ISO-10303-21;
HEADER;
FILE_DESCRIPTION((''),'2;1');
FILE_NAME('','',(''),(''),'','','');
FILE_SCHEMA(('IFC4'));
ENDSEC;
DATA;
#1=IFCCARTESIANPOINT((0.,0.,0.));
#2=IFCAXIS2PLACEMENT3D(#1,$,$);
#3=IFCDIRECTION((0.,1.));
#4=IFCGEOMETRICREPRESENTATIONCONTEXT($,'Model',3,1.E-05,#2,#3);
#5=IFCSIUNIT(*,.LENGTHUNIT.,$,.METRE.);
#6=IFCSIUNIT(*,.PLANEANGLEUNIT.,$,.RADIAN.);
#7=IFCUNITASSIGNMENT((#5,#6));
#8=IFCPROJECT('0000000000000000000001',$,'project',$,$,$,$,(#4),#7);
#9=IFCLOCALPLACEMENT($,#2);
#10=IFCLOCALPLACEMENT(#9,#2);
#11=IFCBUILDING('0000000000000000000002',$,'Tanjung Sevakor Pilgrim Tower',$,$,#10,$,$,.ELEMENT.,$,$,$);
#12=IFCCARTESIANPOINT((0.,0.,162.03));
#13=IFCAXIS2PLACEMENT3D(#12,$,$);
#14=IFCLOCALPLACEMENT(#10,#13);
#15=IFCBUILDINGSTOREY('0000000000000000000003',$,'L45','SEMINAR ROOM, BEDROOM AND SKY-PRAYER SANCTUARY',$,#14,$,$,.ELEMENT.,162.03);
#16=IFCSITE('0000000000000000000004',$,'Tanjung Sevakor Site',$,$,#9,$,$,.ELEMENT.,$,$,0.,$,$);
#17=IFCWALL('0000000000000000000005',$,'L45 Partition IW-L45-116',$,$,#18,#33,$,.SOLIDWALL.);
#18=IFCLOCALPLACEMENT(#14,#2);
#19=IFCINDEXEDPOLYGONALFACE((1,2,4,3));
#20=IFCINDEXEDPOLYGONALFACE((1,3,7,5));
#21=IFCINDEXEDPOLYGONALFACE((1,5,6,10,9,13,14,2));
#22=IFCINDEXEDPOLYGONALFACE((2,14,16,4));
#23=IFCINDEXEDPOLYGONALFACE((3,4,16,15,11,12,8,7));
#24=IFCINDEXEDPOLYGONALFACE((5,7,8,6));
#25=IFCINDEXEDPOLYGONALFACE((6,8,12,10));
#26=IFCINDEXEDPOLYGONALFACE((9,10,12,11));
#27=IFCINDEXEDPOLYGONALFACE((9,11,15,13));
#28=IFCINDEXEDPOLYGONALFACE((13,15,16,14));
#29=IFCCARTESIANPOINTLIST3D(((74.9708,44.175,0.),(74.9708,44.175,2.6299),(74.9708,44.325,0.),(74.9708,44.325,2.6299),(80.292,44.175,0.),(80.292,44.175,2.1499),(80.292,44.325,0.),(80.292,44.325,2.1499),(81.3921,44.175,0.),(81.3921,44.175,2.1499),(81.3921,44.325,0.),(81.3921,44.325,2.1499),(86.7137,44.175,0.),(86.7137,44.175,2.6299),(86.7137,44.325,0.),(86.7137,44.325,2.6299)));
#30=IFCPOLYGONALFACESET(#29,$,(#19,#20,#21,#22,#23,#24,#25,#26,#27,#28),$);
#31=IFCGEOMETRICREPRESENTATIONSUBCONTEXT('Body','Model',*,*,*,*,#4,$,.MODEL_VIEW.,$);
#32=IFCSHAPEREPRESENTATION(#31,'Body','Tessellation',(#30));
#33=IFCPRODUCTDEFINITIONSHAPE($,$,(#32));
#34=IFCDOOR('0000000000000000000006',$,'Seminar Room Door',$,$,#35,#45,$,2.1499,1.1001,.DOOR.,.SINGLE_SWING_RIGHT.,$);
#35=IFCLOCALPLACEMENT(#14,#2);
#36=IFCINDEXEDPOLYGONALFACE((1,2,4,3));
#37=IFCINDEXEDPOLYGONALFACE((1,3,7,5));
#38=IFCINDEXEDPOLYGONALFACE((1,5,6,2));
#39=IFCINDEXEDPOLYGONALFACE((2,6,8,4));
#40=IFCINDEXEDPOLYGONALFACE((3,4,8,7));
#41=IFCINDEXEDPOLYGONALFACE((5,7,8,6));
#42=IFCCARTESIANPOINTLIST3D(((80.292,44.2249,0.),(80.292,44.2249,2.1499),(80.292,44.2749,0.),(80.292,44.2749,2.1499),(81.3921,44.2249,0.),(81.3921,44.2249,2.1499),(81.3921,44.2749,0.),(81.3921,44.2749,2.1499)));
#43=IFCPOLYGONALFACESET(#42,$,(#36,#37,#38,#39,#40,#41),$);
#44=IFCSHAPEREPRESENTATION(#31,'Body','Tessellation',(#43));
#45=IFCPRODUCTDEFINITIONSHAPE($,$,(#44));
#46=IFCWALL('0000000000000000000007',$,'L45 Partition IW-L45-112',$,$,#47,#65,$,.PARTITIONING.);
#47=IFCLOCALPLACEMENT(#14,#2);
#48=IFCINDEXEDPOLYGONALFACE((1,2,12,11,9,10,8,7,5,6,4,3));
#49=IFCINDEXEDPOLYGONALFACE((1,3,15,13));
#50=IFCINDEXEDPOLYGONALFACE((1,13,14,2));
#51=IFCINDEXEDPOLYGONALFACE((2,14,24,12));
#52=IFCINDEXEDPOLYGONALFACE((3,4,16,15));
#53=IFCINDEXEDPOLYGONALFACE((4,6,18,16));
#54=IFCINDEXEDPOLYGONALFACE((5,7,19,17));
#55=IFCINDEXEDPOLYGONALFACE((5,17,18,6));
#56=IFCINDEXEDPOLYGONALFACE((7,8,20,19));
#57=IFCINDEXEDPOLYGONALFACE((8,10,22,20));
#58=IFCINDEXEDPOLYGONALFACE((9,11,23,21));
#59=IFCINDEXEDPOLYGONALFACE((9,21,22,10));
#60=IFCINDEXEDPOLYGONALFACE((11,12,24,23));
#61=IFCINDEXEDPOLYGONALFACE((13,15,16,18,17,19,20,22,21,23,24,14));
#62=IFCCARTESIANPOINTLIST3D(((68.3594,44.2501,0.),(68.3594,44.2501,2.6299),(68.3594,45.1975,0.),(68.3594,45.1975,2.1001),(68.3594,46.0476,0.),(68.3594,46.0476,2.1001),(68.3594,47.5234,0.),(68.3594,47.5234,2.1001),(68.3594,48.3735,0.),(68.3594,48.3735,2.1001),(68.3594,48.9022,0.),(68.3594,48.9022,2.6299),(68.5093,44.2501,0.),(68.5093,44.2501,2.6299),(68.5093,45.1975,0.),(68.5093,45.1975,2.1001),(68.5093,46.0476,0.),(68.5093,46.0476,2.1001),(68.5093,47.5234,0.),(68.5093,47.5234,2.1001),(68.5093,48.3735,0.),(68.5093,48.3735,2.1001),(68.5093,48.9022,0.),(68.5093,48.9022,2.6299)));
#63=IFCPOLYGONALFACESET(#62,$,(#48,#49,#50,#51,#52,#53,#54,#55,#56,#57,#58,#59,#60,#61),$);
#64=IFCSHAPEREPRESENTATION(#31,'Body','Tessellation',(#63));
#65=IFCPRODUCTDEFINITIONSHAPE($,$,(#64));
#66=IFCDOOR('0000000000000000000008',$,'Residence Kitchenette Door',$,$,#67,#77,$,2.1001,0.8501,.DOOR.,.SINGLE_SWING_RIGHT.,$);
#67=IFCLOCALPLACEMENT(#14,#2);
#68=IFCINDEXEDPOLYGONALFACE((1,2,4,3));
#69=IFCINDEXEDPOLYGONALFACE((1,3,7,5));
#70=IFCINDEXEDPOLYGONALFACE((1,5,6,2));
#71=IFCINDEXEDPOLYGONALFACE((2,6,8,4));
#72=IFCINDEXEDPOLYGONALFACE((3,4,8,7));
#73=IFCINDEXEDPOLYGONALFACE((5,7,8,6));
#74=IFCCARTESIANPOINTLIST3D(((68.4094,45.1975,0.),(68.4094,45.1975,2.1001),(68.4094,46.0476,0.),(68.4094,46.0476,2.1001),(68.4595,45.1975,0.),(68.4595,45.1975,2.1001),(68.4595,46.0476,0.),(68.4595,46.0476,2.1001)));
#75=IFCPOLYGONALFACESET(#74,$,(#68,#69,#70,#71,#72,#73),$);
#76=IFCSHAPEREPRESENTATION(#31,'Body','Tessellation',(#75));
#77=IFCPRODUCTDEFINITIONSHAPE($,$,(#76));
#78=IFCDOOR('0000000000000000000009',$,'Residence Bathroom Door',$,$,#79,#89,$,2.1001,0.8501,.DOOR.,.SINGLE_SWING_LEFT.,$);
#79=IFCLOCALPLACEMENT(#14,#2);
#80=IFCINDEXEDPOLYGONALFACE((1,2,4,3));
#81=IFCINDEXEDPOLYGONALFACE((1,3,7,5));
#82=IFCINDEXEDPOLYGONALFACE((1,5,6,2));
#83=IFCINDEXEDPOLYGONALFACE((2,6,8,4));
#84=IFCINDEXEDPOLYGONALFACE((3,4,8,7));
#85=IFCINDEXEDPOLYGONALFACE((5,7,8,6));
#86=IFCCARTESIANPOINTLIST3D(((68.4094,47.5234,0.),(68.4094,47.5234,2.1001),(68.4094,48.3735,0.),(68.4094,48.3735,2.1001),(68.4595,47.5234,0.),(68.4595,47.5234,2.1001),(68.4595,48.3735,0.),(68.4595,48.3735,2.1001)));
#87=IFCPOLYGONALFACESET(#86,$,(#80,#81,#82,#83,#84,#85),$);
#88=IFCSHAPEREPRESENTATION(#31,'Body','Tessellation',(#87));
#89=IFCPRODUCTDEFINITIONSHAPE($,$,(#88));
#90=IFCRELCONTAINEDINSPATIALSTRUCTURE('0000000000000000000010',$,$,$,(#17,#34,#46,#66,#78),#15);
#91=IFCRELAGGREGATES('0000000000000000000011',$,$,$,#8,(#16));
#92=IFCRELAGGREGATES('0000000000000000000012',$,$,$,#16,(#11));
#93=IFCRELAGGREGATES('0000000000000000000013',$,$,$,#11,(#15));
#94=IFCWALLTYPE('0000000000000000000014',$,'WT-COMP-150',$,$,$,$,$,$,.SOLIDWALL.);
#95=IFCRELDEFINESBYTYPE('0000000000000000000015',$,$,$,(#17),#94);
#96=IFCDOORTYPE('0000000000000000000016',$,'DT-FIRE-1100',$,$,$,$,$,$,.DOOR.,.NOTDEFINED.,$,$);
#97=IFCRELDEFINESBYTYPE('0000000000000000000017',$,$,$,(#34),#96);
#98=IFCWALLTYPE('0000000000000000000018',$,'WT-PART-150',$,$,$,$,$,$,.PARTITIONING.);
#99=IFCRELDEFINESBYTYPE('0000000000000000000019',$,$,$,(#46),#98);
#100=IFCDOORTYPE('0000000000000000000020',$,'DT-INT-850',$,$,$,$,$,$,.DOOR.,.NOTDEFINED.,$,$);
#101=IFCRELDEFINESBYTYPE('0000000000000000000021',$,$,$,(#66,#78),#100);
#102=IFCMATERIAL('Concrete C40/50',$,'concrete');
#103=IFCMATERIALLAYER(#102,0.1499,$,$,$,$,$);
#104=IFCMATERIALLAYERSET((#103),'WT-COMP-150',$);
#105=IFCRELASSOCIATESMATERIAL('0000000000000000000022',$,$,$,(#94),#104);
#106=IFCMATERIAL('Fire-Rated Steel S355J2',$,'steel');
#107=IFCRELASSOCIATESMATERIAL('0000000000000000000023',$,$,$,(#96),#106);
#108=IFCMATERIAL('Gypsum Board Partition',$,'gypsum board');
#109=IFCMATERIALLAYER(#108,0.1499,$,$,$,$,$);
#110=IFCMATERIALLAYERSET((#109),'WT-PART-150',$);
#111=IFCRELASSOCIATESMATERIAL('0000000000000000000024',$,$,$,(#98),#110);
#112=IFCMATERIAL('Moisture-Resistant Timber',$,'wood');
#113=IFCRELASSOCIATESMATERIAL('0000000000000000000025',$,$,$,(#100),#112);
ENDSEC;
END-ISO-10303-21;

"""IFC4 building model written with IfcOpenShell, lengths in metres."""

from ifc_helpers import new_model, si_unit, direction, frame, frame_2d, origin, place, context, subcontext, project, spatial, rectangle, extrude, material, layer, layer_set, type_object, element, fill, save


model = new_model("IFC4")

# Units and contexts
model_context = context("Model", 3, precision=1e-05, world=origin(), true_north=direction((0.0, 1.0)))
body_context = subcontext(model_context, "Body", "Model", "MODEL_VIEW")
ifc_project = project(units=[si_unit("LENGTHUNIT", "METRE"), si_unit("PLANEANGLEUNIT", "RADIAN")], contexts=[model_context])

# Site, building, storey
site_placement = place(None, origin())
site = spatial("IfcSite", under=ifc_project, at=site_placement, Name="Tanjung Sevakor Site", CompositionType="ELEMENT", RefElevation=0.0)
building_placement = place(site_placement, origin())
building = spatial("IfcBuilding", under=site, at=building_placement, Name="Tanjung Sevakor Pilgrim Tower", CompositionType="ELEMENT")
storey_placement = place(building_placement, frame((0.0, 0.0, 162.03)))
storey = spatial("IfcBuildingStorey", under=building, at=storey_placement, Name="L45", Description="SEMINAR ROOM, BEDROOM AND SKY-PRAYER SANCTUARY", CompositionType="ELEMENT", Elevation=162.03)

# Shared definitions
ifc_material_1 = material(Name="Concrete C40/50", Category="concrete")
ifc_layer_1 = layer(ifc_material_1, 0.1499)
ifc_layer_set_1 = layer_set([ifc_layer_1], Name="WT-COMP-150")
wall_type_1 = type_object("IfcWallType", Name="WT-COMP-150", PredefinedType="SOLIDWALL", material=ifc_layer_set_1)

# Wall, opening, door
wall_1_placement = place(storey_placement, frame((74.9707, 44.25, 0.0), z_axis=(0.0, 0.0, 1.0), x_axis=(1.0, 0.0, 0.0)))
wall_1 = element("IfcWall", 1, at=wall_1_placement, inside=storey, type_object=wall_type_1, Name="L45 Partition IW-L45-116", PredefinedType="SOLIDWALL", context=body_context, shape_type="SweptSolid", body=[
    extrude(rectangle(XDim=11.7429, YDim=0.1499, at=frame_2d((5.8716, 0.0))), origin(), (0.0, 0.0, 1.0), 2.6299),
])
opening_1_placement = place(wall_1_placement, frame((5.3213, 0.0, 0.0)))
opening_1 = element("IfcOpeningElement", 2, at=opening_1_placement, cuts=wall_1, PredefinedType="OPENING", context=body_context, shape_type="SweptSolid", body=[
    extrude(rectangle(XDim=1.1001, YDim=2.1499, at=frame_2d((0.55, 1.075))), frame((0.0, 0.085, 0.0), z_axis=(0.0, -1.0, 0.0), x_axis=(1.0, 0.0, 0.0)), (0.0, 0.0, 1.0), 0.1699),
])
ifc_material_2 = material(Name="Fire-Rated Steel S355J2", Category="steel")
door_type_1 = type_object("IfcDoorType", Name="DT-FIRE-1100", OperationType="NOTDEFINED", PredefinedType="DOOR", material=ifc_material_2)
door_1_placement = place(opening_1_placement, origin())
door_1 = element("IfcDoor", 3, at=door_1_placement, inside=storey, type_object=door_type_1, Name="Seminar Room Door", OperationType="SINGLE_SWING_RIGHT", OverallHeight=2.1499, OverallWidth=1.1001, PredefinedType="DOOR", context=body_context, shape_type="SweptSolid", body=[
    extrude(rectangle(XDim=1.1001, YDim=2.1499, at=frame_2d((0.55, 1.075))), frame((0.0, 0.0249, 0.0), z_axis=(0.0, -1.0, 0.0), x_axis=(1.0, 0.0, 0.0)), (0.0, 0.0, 1.0), 0.05),
])
fill(opening_1, door_1)

# Wall, openings, doors
ifc_material_3 = material(Name="Gypsum Board Partition", Category="gypsum board")
ifc_layer_2 = layer(ifc_material_3, 0.1499)
ifc_layer_set_2 = layer_set([ifc_layer_2], Name="WT-PART-150")
wall_type_2 = type_object("IfcWallType", Name="WT-PART-150", PredefinedType="PARTITIONING", material=ifc_layer_set_2)
wall_2_placement = place(storey_placement, frame((68.4343, 44.25, 0.0), z_axis=(0.0, 0.0, 1.0), x_axis=(0.0, 1.0, 0.0)))
wall_2 = element("IfcWall", 4, at=wall_2_placement, inside=storey, type_object=wall_type_2, Name="L45 Partition IW-L45-112", PredefinedType="PARTITIONING", context=body_context, shape_type="SweptSolid", body=[
    extrude(rectangle(XDim=4.6521, YDim=0.1499, at=frame_2d((2.3262, 0.0))), origin(), (0.0, 0.0, 1.0), 2.6299),
])
opening_2_placement = place(wall_2_placement, frame((0.9475, 0.0, 0.0)))
opening_2 = element("IfcOpeningElement", 5, at=opening_2_placement, cuts=wall_2, PredefinedType="OPENING", context=body_context, shape_type="SweptSolid", body=[
    extrude(rectangle(XDim=0.8501, YDim=2.1001, at=frame_2d((0.425, 1.05))), frame((0.0, 0.085, 0.0), z_axis=(0.0, -1.0, 0.0), x_axis=(1.0, 0.0, 0.0)), (0.0, 0.0, 1.0), 0.1699),
])
opening_3_placement = place(wall_2_placement, frame((3.2734, 0.0, 0.0)))
opening_3 = element("IfcOpeningElement", 6, at=opening_3_placement, cuts=wall_2, PredefinedType="OPENING", context=body_context, shape_type="SweptSolid", body=[
    extrude(rectangle(XDim=0.8501, YDim=2.1001, at=frame_2d((0.425, 1.05))), frame((0.0, 0.085, 0.0), z_axis=(0.0, -1.0, 0.0), x_axis=(1.0, 0.0, 0.0)), (0.0, 0.0, 1.0), 0.1699),
])
ifc_material_4 = material(Name="Moisture-Resistant Timber", Category="wood")
door_type_2 = type_object("IfcDoorType", Name="DT-INT-850", OperationType="NOTDEFINED", PredefinedType="DOOR", material=ifc_material_4)
door_2_placement = place(opening_2_placement, origin())
door_2 = element("IfcDoor", 7, at=door_2_placement, inside=storey, type_object=door_type_2, Name="Residence Kitchenette Door", OperationType="SINGLE_SWING_RIGHT", OverallHeight=2.1001, OverallWidth=0.8501, PredefinedType="DOOR", context=body_context, shape_type="SweptSolid", body=[
    extrude(rectangle(XDim=0.8501, YDim=2.1001, at=frame_2d((0.425, 1.05))), frame((0.0, 0.0249, 0.0), z_axis=(0.0, -1.0, 0.0), x_axis=(1.0, 0.0, 0.0)), (0.0, 0.0, 1.0), 0.05),
])
fill(opening_2, door_2)
door_3_placement = place(opening_3_placement, origin())
door_3 = element("IfcDoor", 8, at=door_3_placement, inside=storey, type_object=door_type_2, Name="Residence Bathroom Door", OperationType="SINGLE_SWING_LEFT", OverallHeight=2.1001, OverallWidth=0.8501, PredefinedType="DOOR", context=body_context, shape_type="SweptSolid", body=[
    extrude(rectangle(XDim=0.8501, YDim=2.1001, at=frame_2d((0.425, 1.05))), frame((0.0, 0.0249, 0.0), z_axis=(0.0, -1.0, 0.0), x_axis=(1.0, 0.0, 0.0)), (0.0, 0.0, 1.0), 0.05),
])
fill(opening_3, door_3)

save(model, "model.ifc")
